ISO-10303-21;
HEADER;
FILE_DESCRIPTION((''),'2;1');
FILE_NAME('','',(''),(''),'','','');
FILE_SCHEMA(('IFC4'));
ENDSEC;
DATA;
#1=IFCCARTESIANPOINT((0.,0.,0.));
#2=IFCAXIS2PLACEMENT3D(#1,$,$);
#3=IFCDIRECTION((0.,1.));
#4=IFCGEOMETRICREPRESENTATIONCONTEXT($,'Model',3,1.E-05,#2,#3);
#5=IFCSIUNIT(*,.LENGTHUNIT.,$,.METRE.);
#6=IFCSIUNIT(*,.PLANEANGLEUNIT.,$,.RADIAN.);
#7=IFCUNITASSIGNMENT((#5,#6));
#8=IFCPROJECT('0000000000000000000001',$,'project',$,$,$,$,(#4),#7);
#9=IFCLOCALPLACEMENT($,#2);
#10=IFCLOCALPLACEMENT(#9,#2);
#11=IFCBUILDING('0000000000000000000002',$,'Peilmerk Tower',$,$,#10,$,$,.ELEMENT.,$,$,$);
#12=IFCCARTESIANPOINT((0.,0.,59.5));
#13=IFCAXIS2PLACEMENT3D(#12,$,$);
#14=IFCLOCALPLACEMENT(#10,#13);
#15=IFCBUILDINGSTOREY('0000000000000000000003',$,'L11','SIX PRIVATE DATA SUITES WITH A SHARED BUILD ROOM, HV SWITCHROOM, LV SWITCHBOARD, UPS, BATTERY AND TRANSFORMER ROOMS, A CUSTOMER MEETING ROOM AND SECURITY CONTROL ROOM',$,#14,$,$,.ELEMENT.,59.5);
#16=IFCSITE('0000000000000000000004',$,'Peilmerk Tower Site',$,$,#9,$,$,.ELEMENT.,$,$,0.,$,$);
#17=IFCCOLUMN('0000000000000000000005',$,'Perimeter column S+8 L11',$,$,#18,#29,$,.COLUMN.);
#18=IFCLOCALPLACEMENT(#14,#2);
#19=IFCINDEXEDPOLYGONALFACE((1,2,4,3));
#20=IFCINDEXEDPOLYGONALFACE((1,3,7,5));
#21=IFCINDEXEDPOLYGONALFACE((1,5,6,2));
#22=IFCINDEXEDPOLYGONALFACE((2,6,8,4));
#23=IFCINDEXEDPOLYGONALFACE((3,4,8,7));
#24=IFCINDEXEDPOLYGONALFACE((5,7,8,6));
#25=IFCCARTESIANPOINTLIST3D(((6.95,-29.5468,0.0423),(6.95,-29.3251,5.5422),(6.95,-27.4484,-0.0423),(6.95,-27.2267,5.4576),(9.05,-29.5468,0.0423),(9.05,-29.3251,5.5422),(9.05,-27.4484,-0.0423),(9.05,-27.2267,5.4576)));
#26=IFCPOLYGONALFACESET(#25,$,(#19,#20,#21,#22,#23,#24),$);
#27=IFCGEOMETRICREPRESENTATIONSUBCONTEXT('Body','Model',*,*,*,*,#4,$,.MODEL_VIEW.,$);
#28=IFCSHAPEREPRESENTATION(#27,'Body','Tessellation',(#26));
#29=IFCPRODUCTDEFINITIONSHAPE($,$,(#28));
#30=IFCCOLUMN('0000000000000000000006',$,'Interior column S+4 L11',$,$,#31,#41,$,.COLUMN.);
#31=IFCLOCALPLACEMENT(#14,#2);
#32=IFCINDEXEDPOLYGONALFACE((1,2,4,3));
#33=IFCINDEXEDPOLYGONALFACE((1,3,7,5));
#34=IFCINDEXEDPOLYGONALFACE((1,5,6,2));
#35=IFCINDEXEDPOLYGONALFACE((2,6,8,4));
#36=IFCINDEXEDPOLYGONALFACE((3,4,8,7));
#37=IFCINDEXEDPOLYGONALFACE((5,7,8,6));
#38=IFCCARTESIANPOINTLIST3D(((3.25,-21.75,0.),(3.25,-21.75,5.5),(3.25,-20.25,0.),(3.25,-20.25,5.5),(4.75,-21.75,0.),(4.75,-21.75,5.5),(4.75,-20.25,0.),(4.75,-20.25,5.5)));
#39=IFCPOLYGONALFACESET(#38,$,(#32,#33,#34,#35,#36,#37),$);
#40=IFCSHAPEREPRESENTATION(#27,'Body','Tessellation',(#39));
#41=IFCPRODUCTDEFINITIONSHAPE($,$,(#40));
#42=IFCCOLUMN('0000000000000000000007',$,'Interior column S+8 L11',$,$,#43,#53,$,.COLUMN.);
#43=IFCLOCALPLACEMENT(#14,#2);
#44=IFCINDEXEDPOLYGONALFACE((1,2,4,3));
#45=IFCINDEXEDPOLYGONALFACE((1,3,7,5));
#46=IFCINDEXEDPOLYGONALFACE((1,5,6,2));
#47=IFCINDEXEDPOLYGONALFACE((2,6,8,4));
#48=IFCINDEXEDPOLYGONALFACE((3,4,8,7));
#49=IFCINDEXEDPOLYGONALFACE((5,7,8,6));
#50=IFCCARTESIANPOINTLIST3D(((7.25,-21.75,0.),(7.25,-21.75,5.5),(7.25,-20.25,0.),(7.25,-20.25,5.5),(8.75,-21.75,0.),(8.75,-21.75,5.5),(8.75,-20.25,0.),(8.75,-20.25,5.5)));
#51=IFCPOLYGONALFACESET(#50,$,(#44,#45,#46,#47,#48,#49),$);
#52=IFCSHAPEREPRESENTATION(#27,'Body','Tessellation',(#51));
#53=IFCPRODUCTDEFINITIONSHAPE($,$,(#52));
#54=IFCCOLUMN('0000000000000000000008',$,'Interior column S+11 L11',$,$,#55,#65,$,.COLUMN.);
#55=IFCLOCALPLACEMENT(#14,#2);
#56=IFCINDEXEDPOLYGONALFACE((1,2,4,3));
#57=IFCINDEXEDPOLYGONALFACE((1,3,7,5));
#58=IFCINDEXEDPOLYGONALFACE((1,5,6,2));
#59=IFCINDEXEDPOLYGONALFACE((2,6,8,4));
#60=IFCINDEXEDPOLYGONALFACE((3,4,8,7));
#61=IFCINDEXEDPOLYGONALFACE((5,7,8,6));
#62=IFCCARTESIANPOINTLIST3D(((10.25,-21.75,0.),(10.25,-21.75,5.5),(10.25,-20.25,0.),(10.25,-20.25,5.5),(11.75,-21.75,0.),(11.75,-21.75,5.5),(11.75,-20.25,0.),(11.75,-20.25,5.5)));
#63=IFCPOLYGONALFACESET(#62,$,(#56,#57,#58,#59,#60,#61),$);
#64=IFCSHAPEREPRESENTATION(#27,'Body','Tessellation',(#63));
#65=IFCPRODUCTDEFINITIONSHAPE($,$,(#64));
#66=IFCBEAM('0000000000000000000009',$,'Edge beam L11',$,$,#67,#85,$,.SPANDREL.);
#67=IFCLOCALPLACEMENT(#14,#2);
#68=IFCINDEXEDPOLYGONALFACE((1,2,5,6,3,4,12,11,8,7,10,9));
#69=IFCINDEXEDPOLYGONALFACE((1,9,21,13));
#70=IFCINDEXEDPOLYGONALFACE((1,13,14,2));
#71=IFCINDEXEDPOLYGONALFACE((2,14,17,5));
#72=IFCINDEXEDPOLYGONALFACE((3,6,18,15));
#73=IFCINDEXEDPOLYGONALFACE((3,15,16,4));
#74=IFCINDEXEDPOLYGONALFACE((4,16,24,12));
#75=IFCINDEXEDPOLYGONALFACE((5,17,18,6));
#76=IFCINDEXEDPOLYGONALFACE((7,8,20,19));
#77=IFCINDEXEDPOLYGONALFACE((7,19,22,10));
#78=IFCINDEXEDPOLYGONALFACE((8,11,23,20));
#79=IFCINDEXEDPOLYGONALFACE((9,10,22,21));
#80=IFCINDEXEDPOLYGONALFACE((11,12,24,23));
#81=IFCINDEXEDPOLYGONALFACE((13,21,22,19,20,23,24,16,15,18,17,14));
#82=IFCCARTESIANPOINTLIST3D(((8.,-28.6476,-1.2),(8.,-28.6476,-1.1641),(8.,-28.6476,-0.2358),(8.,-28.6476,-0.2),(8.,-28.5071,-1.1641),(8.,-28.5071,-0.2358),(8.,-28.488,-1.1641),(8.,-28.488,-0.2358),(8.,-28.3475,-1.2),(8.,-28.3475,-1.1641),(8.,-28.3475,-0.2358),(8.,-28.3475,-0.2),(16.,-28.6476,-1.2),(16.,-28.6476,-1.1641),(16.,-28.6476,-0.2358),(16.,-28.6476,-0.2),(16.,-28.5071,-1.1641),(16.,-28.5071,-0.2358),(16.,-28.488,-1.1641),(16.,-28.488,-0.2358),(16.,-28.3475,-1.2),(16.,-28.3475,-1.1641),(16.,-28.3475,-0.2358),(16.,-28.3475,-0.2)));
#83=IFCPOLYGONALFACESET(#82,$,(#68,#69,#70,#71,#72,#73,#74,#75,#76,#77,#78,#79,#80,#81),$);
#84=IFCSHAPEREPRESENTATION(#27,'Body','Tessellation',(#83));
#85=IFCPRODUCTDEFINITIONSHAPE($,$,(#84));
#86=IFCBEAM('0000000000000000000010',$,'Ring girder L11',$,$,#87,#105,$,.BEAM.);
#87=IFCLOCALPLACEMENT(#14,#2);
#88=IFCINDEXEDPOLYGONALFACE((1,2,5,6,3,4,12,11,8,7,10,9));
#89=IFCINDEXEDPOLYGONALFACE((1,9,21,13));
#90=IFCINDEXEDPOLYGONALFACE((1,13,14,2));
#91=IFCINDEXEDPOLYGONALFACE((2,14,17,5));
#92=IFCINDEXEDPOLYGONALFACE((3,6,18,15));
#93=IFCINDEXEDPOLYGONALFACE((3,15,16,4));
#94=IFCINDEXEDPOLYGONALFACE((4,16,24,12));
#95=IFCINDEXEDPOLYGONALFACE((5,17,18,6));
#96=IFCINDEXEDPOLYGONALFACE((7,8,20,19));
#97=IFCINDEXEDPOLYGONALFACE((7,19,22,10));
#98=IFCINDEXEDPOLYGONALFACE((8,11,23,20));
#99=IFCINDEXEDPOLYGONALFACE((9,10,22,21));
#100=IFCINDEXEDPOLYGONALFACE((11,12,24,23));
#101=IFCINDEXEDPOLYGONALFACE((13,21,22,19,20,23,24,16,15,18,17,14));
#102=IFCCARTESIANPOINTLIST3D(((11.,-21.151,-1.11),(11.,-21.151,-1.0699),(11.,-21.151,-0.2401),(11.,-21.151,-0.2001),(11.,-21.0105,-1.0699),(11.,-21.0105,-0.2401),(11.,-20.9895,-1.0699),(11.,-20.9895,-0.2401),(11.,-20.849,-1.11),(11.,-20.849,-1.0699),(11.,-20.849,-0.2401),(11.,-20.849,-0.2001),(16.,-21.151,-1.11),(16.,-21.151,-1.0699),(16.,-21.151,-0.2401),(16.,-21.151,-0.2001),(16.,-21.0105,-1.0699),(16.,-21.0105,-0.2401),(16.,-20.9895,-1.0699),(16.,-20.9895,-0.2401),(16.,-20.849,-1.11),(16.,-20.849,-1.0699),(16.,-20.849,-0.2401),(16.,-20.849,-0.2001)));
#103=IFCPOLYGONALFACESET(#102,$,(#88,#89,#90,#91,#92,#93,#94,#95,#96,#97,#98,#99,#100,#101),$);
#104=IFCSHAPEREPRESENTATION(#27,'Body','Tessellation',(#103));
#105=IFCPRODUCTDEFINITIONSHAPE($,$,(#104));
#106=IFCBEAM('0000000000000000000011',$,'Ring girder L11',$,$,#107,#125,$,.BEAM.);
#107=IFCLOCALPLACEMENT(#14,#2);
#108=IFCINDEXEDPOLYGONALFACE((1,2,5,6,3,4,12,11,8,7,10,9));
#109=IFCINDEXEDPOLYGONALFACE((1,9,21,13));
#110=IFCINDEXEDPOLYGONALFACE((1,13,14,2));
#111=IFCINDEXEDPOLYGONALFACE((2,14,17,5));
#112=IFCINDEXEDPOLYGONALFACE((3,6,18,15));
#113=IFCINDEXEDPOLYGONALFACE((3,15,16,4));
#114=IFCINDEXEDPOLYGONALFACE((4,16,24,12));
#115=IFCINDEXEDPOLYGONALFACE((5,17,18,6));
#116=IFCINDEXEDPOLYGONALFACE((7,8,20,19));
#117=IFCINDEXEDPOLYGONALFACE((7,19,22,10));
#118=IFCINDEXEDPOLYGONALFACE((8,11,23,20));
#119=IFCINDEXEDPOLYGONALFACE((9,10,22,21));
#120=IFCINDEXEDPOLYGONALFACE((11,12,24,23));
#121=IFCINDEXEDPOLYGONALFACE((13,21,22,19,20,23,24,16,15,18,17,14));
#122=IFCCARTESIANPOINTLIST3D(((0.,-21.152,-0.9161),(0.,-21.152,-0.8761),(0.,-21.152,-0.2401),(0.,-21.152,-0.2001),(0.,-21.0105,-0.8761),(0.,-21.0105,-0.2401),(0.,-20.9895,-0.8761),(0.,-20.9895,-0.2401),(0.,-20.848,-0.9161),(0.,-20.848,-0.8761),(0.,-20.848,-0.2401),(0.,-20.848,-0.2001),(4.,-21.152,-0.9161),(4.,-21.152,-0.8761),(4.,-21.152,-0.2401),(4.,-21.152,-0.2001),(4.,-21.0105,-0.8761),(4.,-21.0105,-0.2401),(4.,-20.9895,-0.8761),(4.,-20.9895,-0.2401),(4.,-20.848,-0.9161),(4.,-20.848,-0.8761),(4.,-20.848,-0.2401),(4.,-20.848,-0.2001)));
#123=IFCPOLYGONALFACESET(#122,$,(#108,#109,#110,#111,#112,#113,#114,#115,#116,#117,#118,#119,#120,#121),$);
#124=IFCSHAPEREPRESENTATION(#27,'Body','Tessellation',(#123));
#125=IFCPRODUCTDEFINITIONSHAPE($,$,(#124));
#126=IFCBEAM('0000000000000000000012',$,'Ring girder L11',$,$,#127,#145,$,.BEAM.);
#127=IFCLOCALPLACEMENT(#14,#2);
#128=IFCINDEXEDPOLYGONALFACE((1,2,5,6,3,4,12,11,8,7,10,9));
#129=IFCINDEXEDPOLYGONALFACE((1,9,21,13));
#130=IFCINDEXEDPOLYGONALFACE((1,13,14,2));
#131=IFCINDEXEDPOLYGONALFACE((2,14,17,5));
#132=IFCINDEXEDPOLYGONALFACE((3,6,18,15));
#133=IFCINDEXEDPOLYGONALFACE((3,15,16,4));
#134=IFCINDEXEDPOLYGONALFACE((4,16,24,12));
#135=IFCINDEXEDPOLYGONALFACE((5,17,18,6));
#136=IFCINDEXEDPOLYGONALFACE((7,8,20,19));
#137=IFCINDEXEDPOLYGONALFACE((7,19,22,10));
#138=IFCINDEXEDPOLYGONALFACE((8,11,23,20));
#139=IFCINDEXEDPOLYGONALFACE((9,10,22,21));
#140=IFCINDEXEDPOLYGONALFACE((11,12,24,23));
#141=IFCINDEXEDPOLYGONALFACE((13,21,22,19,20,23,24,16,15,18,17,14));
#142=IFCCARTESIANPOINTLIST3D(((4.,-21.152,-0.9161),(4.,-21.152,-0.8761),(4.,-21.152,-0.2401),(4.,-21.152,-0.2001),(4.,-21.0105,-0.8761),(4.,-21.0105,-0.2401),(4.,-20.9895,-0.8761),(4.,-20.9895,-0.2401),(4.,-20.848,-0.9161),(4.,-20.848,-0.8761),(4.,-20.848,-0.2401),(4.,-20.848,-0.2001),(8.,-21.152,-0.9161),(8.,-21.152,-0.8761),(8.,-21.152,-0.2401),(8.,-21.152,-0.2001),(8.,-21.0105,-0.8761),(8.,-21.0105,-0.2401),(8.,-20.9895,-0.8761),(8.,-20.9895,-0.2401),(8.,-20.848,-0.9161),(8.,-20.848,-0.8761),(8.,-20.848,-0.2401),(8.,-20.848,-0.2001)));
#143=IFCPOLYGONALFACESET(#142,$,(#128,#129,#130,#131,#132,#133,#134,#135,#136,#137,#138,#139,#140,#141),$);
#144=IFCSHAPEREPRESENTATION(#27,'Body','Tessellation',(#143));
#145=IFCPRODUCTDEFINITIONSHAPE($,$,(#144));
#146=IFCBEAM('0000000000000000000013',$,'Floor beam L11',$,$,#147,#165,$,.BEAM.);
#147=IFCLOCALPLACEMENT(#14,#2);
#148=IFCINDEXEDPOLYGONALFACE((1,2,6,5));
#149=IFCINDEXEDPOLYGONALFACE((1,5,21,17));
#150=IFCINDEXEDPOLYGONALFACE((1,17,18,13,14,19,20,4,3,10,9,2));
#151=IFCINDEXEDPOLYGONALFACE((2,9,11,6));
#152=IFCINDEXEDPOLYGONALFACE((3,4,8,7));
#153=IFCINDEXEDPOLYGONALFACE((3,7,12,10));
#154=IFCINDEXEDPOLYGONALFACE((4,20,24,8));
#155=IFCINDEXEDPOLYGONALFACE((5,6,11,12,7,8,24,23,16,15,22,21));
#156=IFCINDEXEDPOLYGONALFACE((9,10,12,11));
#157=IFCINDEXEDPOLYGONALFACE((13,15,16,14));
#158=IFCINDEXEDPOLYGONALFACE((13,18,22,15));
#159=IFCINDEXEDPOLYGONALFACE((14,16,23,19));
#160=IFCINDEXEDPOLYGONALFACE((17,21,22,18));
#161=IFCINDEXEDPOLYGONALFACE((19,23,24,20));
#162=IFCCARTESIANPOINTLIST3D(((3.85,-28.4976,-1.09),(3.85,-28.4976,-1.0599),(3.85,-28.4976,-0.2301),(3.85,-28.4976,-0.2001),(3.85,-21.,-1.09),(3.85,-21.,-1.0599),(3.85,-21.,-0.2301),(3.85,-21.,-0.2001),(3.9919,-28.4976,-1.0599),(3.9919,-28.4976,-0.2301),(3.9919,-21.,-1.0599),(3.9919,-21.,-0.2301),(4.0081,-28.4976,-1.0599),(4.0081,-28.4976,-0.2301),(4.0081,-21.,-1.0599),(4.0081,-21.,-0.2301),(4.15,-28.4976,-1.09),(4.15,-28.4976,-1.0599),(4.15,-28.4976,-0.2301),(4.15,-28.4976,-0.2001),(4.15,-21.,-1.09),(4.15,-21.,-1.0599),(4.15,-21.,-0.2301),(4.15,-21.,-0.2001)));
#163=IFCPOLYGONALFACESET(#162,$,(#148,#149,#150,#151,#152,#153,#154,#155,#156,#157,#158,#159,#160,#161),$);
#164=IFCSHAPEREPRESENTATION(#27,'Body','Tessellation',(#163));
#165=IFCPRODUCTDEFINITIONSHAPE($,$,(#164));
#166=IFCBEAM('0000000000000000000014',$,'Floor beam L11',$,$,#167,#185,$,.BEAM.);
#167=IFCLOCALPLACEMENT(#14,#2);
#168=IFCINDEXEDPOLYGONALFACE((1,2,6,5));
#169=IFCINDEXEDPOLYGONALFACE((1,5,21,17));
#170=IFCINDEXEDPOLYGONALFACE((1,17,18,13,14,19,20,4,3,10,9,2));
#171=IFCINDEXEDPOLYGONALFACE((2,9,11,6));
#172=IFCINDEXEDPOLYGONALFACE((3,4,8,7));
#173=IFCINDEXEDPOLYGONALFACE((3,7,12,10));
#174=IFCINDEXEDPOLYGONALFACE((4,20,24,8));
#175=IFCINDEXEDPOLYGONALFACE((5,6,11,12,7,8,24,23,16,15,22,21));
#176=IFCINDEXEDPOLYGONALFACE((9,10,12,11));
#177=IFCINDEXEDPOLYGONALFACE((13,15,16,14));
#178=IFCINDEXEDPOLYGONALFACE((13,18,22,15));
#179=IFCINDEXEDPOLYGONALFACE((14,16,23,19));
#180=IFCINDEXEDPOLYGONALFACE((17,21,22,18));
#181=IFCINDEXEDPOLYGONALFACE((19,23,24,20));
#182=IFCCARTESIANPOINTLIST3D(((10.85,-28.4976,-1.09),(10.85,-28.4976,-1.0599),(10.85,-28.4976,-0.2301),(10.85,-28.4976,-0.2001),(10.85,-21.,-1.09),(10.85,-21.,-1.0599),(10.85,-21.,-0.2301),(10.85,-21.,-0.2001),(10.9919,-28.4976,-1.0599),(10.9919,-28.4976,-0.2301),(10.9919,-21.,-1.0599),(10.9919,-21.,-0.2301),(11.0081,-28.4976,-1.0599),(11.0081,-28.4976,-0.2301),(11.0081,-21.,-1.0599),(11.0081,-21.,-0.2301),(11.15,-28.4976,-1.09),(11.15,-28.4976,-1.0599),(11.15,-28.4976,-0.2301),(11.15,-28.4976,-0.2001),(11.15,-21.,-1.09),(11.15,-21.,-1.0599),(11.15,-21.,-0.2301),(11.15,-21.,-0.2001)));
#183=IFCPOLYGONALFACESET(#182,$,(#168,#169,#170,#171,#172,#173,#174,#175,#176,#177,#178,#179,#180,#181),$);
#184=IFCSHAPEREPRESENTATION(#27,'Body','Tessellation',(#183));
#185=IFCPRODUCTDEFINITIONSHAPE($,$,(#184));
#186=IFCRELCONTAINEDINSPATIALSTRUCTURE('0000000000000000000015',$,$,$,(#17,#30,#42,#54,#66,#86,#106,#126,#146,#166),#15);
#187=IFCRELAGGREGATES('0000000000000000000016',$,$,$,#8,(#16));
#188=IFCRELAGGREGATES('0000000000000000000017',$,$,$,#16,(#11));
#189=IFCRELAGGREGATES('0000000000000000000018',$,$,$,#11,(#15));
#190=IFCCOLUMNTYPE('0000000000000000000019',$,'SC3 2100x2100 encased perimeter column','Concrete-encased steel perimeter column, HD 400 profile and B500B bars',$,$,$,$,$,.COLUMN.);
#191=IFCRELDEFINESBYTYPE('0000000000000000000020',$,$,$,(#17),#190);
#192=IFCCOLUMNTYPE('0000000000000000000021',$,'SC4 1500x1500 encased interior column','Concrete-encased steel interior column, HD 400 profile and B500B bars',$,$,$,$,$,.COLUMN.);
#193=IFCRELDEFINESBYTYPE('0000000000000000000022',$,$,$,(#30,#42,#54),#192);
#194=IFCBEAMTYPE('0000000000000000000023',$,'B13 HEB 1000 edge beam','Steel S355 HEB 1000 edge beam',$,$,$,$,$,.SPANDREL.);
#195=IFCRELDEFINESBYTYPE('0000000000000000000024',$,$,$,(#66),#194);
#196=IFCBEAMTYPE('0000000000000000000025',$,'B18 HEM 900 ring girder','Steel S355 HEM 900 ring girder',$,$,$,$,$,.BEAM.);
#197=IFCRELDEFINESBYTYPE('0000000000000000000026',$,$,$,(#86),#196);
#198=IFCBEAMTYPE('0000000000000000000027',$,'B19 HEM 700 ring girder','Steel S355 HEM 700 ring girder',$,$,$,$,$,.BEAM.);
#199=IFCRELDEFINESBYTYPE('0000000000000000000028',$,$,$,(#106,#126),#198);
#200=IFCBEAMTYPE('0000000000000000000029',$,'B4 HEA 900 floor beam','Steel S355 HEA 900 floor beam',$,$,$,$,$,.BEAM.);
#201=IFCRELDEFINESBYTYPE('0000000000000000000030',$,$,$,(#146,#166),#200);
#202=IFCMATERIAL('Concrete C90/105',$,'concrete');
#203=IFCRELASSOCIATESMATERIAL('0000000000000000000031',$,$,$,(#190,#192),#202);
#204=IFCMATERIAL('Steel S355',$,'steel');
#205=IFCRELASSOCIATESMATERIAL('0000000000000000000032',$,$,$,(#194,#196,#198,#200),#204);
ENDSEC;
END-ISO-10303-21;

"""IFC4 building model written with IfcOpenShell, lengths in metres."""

from ifc_helpers import new_model, si_unit, direction, frame, origin, origin_2d, place, context, subcontext, project, spatial, rectangle, i_section, extrude, material, material_profile, profile_set, type_object, element, save


model = new_model("IFC4")

# Units and contexts
model_context = context("Model", 3, precision=1e-05, world=origin(), true_north=direction((0.0, 1.0)))
body_context = subcontext(model_context, "Body", "Model", "MODEL_VIEW")
ifc_project = project(units=[si_unit("LENGTHUNIT", "METRE"), si_unit("PLANEANGLEUNIT", "RADIAN")], contexts=[model_context])

# Site, building, storey
site_placement = place(None, origin())
site = spatial("IfcSite", under=ifc_project, at=site_placement, Name="Peilmerk Tower Site", CompositionType="ELEMENT", RefElevation=0.0)
building_placement = place(site_placement, origin())
building = spatial("IfcBuilding", under=site, at=building_placement, Name="Peilmerk Tower", CompositionType="ELEMENT")
storey_placement = place(building_placement, frame((0.0, 0.0, 59.5)))
storey = spatial("IfcBuildingStorey", under=building, at=storey_placement, Name="L11", Description="SIX PRIVATE DATA SUITES WITH A SHARED BUILD ROOM, HV SWITCHROOM, LV SWITCHBOARD, UPS, BATTERY AND TRANSFORMER ROOMS, A CUSTOMER MEETING ROOM AND SECURITY CONTROL ROOM", CompositionType="ELEMENT", Elevation=59.5)

# Columns
ifc_material_1 = material(Name="Concrete C90/105", Category="concrete")
ifc_material_profile_1 = material_profile(ifc_material_1, rectangle(XDim=2.1001, YDim=2.1001, at=origin_2d()), Name="RC 2100x2100")
ifc_profile_set_1 = profile_set([ifc_material_profile_1], Name="Concrete C90/105")
column_type_1 = type_object("IfcColumnType", Name="SC3 2100x2100 encased perimeter column", Description="Concrete-encased steel perimeter column, HD 400 profile and B500B bars", PredefinedType="COLUMN", material=ifc_profile_set_1)
column_placement = place(storey_placement, frame((8.0, -28.4976, 0.0), z_axis=(0.0, 0.040273, 0.999189), x_axis=(-1.0, 0.0, 0.0)))
element("IfcColumn", 1, at=column_placement, inside=storey, type_object=column_type_1, Name="Perimeter column S+8 L11", PredefinedType="COLUMN", context=body_context, shape_type="SweptSolid", body=[
    extrude(rectangle(XDim=2.1001, YDim=2.1001, at=origin_2d()), origin(), (0.0, 0.0, 1.0), 5.5044),
])
ifc_material_profile_2 = material_profile(ifc_material_1, rectangle(XDim=1.5, YDim=1.5, at=origin_2d()), Name="RC 1500x1500")
ifc_profile_set_2 = profile_set([ifc_material_profile_2], Name="Concrete C90/105")
column_type_2 = type_object("IfcColumnType", Name="SC4 1500x1500 encased interior column", Description="Concrete-encased steel interior column, HD 400 profile and B500B bars", PredefinedType="COLUMN", material=ifc_profile_set_2)
for number, where, z_axis, x_axis, name in (
    (2, (4.0, -21.0, 0.0), (0.0, 0.0, 1.0), (1.0, 0.0, 0.0), "Interior column S+4 L11"),
    (3, (8.0, -21.0, 0.0), (0.0, 0.0, 1.0), (1.0, 0.0, 0.0), "Interior column S+8 L11"),
    (4, (11.0, -21.0, 0.0), (0.0, 0.0, 1.0), (1.0, 0.0, 0.0), "Interior column S+11 L11"),
):
    element("IfcColumn", number, at=place(storey_placement, frame(where, z_axis=z_axis, x_axis=x_axis)), inside=storey, type_object=column_type_2, Name=name, PredefinedType="COLUMN", context=body_context, shape_type="SweptSolid", body=[
        extrude(rectangle(XDim=1.5, YDim=1.5, at=origin_2d()), origin(), (0.0, 0.0, 1.0), 5.5),
    ])

# Beams
ifc_material_2 = material(Name="Steel S355", Category="steel")
ifc_material_profile_3 = material_profile(ifc_material_2, i_section(OverallWidth=0.3, OverallDepth=1.0, WebThickness=0.019, FlangeThickness=0.0359, at=origin_2d()), Name="HEB 1000")
ifc_profile_set_3 = profile_set([ifc_material_profile_3], Name="Steel S355")
beam_type_1 = type_object("IfcBeamType", Name="B13 HEB 1000 edge beam", Description="Steel S355 HEB 1000 edge beam", PredefinedType="SPANDREL", material=ifc_profile_set_3)
beam_1_placement = place(storey_placement, frame((8.0, -28.4976, -0.7), z_axis=(1.0, 0.0, 0.0), x_axis=(0.0, 1.0, 0.0)))
element("IfcBeam", 5, at=beam_1_placement, inside=storey, type_object=beam_type_1, Name="Edge beam L11", PredefinedType="SPANDREL", context=body_context, shape_type="SweptSolid", body=[
    extrude(i_section(OverallWidth=0.3, OverallDepth=1.0, WebThickness=0.019, FlangeThickness=0.0359, at=origin_2d()), origin(), (0.0, 0.0, 1.0), 8.0),
])
ifc_material_profile_4 = material_profile(ifc_material_2, i_section(OverallWidth=0.302, OverallDepth=0.9099, WebThickness=0.021, FlangeThickness=0.04, at=origin_2d()), Name="HEM 900")
ifc_profile_set_4 = profile_set([ifc_material_profile_4], Name="Steel S355")
beam_type_2 = type_object("IfcBeamType", Name="B18 HEM 900 ring girder", Description="Steel S355 HEM 900 ring girder", PredefinedType="BEAM", material=ifc_profile_set_4)
beam_2_placement = place(storey_placement, frame((11.0, -21.0, -0.655), z_axis=(1.0, 0.0, 0.0), x_axis=(0.0, 1.0, 0.0)))
element("IfcBeam", 6, at=beam_2_placement, inside=storey, type_object=beam_type_2, Name="Ring girder L11", PredefinedType="BEAM", context=body_context, shape_type="SweptSolid", body=[
    extrude(i_section(OverallWidth=0.302, OverallDepth=0.9099, WebThickness=0.021, FlangeThickness=0.04, at=origin_2d()), origin(), (0.0, 0.0, 1.0), 5.0),
])
ifc_material_profile_5 = material_profile(ifc_material_2, i_section(OverallWidth=0.304, OverallDepth=0.7161, WebThickness=0.021, FlangeThickness=0.04, at=origin_2d()), Name="HEM 700")
ifc_profile_set_5 = profile_set([ifc_material_profile_5], Name="Steel S355")
beam_type_3 = type_object("IfcBeamType", Name="B19 HEM 700 ring girder", Description="Steel S355 HEM 700 ring girder", PredefinedType="BEAM", material=ifc_profile_set_5)
for number, where, z_axis, x_axis, name in (
    (7, (0.0, -21.0, -0.5581), (1.0, 0.0, 0.0), (0.0, 1.0, 0.0), "Ring girder L11"),
    (8, (4.0, -21.0, -0.5581), (1.0, 0.0, 0.0), (0.0, 1.0, 0.0), "Ring girder L11"),
):
    element("IfcBeam", number, at=place(storey_placement, frame(where, z_axis=z_axis, x_axis=x_axis)), inside=storey, type_object=beam_type_3, Name=name, PredefinedType="BEAM", context=body_context, shape_type="SweptSolid", body=[
        extrude(i_section(OverallWidth=0.304, OverallDepth=0.7161, WebThickness=0.021, FlangeThickness=0.04, at=origin_2d()), origin(), (0.0, 0.0, 1.0), 4.0),
    ])
ifc_material_profile_6 = material_profile(ifc_material_2, i_section(OverallWidth=0.3, OverallDepth=0.8899, WebThickness=0.0161, FlangeThickness=0.03, at=origin_2d()), Name="HEA 900")
ifc_profile_set_6 = profile_set([ifc_material_profile_6], Name="Steel S355")
beam_type_4 = type_object("IfcBeamType", Name="B4 HEA 900 floor beam", Description="Steel S355 HEA 900 floor beam", PredefinedType="BEAM", material=ifc_profile_set_6)
for number, where, z_axis, x_axis, name in (
    (9, (4.0, -21.0, -0.645), (0.0, -1.0, 0.0), (1.0, 0.0, 0.0), "Floor beam L11"),
    (10, (11.0, -21.0, -0.645), (0.0, -1.0, 0.0), (1.0, 0.0, 0.0), "Floor beam L11"),
):
    element("IfcBeam", number, at=place(storey_placement, frame(where, z_axis=z_axis, x_axis=x_axis)), inside=storey, type_object=beam_type_4, Name=name, PredefinedType="BEAM", context=body_context, shape_type="SweptSolid", body=[
        extrude(i_section(OverallWidth=0.3, OverallDepth=0.8899, WebThickness=0.0161, FlangeThickness=0.03, at=origin_2d()), origin(), (0.0, 0.0, 1.0), 7.4976),
    ])

save(model, "model.ifc")
